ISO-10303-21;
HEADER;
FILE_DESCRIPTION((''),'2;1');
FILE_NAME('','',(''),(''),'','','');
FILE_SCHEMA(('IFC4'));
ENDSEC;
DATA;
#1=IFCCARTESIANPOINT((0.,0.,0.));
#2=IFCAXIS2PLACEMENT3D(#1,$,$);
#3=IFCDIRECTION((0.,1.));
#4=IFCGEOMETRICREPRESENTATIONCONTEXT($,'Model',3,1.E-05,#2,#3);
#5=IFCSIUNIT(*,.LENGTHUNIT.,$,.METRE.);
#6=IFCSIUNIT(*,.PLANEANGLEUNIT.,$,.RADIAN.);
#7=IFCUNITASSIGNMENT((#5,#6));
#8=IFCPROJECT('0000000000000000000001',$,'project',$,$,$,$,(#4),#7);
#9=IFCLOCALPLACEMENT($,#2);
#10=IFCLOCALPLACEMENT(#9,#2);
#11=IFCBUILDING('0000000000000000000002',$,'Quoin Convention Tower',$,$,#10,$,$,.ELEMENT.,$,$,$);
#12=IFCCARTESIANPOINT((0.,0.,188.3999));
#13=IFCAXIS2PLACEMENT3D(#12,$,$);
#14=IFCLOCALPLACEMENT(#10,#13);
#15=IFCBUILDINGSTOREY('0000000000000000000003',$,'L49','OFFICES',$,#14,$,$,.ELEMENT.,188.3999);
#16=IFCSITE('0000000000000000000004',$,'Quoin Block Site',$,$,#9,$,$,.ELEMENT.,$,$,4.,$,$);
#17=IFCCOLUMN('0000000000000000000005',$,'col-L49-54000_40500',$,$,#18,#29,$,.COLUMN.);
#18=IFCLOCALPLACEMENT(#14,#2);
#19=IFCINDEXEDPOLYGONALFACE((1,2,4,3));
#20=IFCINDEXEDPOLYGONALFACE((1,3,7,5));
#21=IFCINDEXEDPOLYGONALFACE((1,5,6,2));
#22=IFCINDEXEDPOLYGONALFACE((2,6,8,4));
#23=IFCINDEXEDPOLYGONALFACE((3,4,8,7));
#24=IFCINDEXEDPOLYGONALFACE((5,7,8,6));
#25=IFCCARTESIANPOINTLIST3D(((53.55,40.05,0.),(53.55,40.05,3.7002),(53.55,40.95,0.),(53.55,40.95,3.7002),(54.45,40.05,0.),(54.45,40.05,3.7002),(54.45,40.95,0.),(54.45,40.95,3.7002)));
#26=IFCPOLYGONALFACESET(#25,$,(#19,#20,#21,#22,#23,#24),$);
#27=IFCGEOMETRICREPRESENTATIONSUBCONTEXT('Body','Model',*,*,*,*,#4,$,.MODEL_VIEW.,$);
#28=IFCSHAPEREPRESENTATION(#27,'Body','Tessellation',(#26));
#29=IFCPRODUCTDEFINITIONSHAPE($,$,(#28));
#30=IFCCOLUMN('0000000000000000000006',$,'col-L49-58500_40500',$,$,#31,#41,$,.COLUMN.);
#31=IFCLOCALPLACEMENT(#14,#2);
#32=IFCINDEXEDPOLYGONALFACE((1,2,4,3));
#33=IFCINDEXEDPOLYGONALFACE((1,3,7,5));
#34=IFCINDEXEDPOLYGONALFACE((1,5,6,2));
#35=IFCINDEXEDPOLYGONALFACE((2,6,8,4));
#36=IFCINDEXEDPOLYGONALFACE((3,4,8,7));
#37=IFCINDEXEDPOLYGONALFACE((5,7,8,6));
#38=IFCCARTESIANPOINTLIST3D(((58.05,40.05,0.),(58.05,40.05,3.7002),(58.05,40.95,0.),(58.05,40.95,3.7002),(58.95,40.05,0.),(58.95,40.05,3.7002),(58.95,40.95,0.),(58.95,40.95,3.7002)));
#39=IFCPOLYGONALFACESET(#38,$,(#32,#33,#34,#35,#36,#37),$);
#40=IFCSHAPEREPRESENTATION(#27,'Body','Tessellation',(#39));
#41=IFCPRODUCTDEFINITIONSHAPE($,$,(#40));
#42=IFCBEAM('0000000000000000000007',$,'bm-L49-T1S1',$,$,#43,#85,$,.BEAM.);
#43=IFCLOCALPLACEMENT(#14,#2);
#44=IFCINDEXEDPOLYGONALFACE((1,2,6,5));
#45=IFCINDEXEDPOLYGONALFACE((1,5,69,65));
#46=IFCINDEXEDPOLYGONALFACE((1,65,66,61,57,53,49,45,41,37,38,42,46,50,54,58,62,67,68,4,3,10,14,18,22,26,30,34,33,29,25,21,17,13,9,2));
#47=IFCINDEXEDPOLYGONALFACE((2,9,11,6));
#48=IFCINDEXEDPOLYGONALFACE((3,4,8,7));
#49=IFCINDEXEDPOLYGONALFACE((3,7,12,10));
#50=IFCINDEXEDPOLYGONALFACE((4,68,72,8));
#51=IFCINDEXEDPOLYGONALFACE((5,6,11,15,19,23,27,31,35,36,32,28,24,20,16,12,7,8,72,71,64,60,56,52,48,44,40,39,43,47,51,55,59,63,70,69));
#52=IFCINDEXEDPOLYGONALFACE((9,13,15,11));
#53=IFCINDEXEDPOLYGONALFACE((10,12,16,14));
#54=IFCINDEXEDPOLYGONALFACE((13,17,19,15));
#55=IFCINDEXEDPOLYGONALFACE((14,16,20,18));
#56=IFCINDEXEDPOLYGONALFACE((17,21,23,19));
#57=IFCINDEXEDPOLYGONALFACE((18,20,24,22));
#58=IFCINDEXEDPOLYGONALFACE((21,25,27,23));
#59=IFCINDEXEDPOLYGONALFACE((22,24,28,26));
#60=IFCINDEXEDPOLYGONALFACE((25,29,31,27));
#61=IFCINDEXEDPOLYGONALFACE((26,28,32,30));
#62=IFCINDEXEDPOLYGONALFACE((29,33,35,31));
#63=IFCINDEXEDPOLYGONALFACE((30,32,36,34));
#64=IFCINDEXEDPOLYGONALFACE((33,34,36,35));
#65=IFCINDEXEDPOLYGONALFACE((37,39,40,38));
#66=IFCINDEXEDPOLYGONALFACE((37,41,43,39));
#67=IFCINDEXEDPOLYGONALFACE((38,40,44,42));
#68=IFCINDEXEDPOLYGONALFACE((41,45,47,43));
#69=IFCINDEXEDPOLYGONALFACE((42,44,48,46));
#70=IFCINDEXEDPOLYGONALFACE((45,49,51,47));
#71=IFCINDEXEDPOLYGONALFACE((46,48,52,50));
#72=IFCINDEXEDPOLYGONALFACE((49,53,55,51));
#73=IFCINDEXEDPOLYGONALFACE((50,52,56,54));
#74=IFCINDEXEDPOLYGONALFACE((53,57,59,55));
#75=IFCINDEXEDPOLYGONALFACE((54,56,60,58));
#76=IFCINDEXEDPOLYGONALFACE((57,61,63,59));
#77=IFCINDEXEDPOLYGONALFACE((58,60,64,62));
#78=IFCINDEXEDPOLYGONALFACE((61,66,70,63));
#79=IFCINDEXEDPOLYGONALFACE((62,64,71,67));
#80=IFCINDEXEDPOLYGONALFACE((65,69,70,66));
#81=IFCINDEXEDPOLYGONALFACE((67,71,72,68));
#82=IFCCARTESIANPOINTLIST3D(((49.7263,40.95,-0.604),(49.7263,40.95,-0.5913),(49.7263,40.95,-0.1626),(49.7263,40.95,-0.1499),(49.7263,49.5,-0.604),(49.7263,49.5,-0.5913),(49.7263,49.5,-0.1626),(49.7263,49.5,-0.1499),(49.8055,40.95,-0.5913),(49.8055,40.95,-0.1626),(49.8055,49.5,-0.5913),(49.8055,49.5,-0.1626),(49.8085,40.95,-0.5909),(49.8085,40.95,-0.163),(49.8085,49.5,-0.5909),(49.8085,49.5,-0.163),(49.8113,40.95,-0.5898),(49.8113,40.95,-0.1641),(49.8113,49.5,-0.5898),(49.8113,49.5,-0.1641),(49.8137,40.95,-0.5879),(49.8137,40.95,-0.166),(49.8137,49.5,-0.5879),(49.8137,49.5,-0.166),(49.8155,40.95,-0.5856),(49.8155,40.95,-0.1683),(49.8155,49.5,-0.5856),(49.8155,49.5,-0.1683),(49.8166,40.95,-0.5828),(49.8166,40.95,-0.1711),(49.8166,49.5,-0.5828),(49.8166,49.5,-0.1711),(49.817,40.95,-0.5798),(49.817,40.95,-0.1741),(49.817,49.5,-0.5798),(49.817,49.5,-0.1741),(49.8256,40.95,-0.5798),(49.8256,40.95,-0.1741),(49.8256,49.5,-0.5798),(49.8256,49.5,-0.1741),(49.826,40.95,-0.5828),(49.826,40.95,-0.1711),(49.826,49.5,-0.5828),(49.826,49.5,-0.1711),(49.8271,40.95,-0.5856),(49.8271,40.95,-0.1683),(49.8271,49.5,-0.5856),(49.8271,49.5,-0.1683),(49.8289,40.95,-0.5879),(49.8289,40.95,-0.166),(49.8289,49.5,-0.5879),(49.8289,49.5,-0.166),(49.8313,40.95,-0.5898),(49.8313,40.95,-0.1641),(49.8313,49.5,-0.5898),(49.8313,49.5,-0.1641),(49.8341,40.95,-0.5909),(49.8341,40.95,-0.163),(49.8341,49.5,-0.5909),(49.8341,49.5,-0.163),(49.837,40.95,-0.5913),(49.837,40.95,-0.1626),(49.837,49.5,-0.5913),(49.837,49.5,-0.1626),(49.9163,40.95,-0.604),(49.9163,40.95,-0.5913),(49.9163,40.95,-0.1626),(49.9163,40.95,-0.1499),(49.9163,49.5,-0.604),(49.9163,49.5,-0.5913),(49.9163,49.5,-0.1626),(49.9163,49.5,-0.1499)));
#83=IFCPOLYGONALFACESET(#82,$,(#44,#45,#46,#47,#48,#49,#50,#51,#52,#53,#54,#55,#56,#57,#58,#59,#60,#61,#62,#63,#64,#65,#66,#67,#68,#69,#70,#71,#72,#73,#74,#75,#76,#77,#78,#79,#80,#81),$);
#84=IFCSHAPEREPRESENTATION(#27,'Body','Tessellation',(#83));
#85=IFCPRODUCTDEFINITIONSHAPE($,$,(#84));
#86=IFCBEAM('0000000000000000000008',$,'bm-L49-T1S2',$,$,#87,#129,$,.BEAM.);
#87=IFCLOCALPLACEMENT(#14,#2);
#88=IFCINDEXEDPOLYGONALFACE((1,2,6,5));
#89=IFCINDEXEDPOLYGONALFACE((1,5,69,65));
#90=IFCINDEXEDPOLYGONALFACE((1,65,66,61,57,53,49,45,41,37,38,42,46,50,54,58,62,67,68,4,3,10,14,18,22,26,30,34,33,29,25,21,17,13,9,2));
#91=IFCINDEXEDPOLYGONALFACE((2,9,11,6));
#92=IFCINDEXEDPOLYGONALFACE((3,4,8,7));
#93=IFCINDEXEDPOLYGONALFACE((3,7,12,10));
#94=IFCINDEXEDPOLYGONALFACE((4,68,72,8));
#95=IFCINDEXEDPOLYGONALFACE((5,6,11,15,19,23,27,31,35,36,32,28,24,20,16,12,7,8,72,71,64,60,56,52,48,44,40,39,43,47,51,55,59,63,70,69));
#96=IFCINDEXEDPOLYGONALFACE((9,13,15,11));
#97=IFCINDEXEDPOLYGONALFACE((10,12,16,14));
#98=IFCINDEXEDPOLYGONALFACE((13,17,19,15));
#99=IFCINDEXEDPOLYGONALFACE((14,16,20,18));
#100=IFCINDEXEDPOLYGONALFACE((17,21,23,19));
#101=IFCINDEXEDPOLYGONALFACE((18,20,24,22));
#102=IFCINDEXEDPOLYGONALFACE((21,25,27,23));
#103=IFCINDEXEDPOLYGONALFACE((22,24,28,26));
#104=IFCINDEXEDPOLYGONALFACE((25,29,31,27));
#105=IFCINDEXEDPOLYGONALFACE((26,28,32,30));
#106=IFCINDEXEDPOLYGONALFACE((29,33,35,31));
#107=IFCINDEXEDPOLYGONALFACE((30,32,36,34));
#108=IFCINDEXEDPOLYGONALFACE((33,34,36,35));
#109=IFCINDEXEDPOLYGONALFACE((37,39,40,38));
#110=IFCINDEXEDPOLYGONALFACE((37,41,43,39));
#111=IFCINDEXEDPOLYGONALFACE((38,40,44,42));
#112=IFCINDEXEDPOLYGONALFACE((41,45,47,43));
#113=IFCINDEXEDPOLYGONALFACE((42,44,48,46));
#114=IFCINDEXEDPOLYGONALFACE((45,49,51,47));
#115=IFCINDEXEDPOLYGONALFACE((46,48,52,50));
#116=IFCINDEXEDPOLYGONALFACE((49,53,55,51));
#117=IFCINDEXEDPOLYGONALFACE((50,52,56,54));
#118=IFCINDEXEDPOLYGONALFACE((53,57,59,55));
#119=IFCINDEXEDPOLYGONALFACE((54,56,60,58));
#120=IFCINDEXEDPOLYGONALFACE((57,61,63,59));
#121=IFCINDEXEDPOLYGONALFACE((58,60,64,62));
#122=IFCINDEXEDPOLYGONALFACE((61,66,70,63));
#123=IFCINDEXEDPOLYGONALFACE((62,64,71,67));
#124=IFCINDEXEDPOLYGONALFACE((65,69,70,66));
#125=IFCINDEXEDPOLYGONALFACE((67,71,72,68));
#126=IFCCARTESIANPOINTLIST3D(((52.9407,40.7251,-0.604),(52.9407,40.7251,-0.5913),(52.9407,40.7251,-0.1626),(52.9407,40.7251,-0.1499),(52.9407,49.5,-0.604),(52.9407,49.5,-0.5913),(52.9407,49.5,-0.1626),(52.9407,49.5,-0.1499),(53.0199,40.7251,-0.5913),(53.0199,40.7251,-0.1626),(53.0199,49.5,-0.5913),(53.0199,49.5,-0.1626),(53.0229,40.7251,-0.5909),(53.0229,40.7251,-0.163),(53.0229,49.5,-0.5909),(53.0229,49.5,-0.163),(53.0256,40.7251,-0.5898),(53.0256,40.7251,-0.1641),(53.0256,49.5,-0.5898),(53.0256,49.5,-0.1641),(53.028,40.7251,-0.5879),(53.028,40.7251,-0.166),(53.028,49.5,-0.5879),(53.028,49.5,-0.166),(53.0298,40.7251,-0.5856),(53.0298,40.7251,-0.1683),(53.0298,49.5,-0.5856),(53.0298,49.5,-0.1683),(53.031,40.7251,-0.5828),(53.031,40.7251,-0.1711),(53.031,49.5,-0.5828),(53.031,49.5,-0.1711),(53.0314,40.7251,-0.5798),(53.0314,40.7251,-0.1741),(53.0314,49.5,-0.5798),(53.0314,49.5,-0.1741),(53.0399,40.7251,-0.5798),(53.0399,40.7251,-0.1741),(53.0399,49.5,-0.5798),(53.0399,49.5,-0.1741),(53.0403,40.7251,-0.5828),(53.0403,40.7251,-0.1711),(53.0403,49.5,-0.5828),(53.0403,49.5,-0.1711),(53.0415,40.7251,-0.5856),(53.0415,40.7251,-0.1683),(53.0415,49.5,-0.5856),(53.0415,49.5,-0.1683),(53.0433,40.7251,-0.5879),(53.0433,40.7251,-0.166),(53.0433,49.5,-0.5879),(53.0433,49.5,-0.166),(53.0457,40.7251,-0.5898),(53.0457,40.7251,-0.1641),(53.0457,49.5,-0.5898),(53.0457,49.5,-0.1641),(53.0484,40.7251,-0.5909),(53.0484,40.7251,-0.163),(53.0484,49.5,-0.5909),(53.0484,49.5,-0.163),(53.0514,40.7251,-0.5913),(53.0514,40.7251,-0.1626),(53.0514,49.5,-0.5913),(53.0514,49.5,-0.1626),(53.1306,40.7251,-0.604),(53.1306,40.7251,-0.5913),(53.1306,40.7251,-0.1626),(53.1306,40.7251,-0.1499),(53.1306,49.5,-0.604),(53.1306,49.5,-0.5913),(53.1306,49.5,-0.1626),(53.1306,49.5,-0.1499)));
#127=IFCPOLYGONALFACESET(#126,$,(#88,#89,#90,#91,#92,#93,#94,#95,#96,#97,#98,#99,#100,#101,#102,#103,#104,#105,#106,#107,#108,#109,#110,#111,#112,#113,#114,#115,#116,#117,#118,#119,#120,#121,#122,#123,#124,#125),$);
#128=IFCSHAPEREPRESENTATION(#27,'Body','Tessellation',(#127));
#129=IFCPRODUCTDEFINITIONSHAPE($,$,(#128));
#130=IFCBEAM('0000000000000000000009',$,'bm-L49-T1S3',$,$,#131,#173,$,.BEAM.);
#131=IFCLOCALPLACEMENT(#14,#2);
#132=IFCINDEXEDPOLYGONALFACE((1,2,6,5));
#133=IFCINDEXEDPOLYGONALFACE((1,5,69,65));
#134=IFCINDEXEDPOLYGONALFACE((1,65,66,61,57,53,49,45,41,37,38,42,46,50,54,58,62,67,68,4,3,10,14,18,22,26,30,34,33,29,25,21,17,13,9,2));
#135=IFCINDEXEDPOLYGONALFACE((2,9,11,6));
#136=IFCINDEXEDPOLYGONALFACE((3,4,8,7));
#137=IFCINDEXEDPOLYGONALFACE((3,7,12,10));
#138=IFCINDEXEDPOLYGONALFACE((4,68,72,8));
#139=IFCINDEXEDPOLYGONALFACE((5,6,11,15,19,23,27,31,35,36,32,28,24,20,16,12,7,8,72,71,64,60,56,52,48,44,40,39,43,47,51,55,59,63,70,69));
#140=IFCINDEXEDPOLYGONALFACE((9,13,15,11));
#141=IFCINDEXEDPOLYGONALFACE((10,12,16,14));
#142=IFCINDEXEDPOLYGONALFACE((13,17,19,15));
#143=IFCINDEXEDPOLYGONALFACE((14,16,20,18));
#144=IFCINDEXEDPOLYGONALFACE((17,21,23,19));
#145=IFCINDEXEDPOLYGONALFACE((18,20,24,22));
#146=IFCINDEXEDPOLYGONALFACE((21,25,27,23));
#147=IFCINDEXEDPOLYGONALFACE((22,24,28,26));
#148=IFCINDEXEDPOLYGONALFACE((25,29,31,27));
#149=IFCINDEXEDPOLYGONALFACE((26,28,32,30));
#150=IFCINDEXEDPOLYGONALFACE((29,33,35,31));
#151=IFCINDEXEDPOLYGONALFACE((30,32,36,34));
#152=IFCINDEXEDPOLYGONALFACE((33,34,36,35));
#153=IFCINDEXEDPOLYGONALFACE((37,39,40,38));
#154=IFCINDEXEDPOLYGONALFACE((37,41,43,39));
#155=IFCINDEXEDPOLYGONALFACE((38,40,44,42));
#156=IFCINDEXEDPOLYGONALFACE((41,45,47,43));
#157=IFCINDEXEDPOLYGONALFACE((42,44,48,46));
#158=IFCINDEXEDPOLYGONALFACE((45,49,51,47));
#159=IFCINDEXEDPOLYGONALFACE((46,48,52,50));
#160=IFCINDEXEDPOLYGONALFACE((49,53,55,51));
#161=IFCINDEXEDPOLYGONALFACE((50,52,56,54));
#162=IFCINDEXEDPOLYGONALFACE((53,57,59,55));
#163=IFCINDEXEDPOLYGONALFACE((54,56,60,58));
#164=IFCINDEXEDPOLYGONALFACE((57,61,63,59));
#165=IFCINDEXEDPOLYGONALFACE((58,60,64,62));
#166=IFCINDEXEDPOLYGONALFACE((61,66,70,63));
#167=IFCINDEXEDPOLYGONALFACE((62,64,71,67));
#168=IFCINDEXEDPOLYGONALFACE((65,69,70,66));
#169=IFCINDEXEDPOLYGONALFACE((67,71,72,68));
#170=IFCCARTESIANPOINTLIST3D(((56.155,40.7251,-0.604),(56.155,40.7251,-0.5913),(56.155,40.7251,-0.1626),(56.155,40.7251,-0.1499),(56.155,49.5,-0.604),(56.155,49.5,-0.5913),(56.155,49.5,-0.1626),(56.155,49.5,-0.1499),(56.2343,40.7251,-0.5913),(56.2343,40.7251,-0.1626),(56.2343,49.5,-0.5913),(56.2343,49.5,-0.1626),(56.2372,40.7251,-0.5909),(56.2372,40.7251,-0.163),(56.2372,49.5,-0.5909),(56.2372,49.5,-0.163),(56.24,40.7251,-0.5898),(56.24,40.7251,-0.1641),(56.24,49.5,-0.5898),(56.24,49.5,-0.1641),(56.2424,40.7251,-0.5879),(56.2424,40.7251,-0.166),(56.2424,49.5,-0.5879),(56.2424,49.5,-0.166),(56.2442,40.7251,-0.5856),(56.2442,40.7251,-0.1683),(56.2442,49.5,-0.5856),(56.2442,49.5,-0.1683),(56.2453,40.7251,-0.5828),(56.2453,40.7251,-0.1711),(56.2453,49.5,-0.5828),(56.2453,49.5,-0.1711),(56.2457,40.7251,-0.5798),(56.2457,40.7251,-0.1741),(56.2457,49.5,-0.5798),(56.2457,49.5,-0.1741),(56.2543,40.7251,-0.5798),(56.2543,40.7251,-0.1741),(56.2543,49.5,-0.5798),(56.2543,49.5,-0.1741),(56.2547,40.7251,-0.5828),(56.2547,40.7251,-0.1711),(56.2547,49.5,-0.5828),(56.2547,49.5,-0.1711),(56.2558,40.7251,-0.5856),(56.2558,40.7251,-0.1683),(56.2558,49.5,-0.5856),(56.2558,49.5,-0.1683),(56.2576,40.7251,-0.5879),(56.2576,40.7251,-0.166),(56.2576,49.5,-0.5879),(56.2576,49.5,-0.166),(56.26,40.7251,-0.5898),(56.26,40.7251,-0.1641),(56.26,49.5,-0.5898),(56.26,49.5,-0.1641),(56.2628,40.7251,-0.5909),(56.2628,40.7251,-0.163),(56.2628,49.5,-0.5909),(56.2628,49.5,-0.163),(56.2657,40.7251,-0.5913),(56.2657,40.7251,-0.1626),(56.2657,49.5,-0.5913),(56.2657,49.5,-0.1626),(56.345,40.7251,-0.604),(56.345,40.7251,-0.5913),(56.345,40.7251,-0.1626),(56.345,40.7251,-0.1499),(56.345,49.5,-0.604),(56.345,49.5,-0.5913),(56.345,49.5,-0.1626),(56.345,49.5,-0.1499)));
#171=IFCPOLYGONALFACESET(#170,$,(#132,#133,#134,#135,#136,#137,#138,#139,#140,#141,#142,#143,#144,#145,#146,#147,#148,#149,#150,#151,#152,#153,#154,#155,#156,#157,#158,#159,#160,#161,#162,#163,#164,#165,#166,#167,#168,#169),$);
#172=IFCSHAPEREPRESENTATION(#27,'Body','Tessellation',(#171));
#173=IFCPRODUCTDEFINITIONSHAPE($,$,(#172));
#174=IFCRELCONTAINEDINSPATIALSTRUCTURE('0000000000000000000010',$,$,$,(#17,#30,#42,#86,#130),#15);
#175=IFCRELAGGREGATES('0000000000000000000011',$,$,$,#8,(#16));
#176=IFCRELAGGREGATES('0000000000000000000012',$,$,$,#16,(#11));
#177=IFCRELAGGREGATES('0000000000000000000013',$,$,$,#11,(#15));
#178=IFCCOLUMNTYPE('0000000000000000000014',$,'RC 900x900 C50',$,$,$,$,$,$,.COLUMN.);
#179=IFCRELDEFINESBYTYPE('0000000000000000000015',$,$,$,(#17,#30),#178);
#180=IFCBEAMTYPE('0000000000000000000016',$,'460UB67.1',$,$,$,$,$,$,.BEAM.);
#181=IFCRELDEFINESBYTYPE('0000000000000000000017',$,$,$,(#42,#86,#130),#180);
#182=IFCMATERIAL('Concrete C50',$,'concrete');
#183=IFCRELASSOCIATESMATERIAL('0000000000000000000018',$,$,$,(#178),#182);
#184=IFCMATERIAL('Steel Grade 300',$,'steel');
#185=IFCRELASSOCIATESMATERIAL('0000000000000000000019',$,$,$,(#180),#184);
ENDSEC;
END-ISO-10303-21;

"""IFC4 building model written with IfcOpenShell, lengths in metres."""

from ifc_helpers import new_model, si_unit, direction, frame, origin, origin_2d, place, context, subcontext, project, spatial, rectangle, i_section, extrude, material, material_profile, profile_set, type_object, element, save


model = new_model("IFC4")

# Units and contexts
model_context = context("Model", 3, precision=1e-05, world=origin(), true_north=direction((0.0, 1.0)))
body_context = subcontext(model_context, "Body", "Model", "MODEL_VIEW")
ifc_project = project(units=[si_unit("LENGTHUNIT", "METRE"), si_unit("PLANEANGLEUNIT", "RADIAN")], contexts=[model_context])

# Site, building, storey
site_placement = place(None, origin())
site = spatial("IfcSite", under=ifc_project, at=site_placement, Name="Quoin Block Site", CompositionType="ELEMENT", RefElevation=4.0)
building_placement = place(site_placement, origin())
building = spatial("IfcBuilding", under=site, at=building_placement, Name="Quoin Convention Tower", CompositionType="ELEMENT")
storey_placement = place(building_placement, frame((0.0, 0.0, 188.3999)))
storey = spatial("IfcBuildingStorey", under=building, at=storey_placement, Name="L49", Description="OFFICES", CompositionType="ELEMENT", Elevation=188.3999)

# Columns
ifc_material_1 = material(Name="Concrete C50", Category="concrete")
ifc_material_profile_1 = material_profile(ifc_material_1, rectangle(XDim=0.8999, YDim=0.8999, at=origin_2d()), Name="RC 900x900")
ifc_profile_set_1 = profile_set([ifc_material_profile_1], Name="Concrete C50")
column_type = type_object("IfcColumnType", Name="RC 900x900 C50", PredefinedType="COLUMN", material=ifc_profile_set_1)
for number, where, z_axis, x_axis, name in (
    (1, (54.0, 40.5, 0.0), (0.0, 0.0, 1.0), (1.0, 0.0, 0.0), "col-L49-54000_40500"),
    (2, (58.5, 40.5, 0.0), (0.0, 0.0, 1.0), (1.0, 0.0, 0.0), "col-L49-58500_40500"),
):
    element("IfcColumn", number, at=place(storey_placement, frame(where, z_axis=z_axis, x_axis=x_axis)), inside=storey, type_object=column_type, Name=name, PredefinedType="COLUMN", context=body_context, shape_type="SweptSolid", body=[
        extrude(rectangle(XDim=0.8999, YDim=0.8999, at=origin_2d()), origin(), (0.0, 0.0, 1.0), 3.7002),
    ])

# Beams
ifc_material_2 = material(Name="Steel Grade 300", Category="steel")
ifc_material_profile_2 = material_profile(ifc_material_2, i_section(OverallWidth=0.1899, OverallDepth=0.4541, WebThickness=0.0085, FlangeThickness=0.0127, FilletRadius=0.0115, at=origin_2d()), Name="460UB67.1")
ifc_profile_set_2 = profile_set([ifc_material_profile_2], Name="Steel Grade 300")
beam_type_1 = type_object("IfcBeamType", Name="460UB67.1", PredefinedType="BEAM", material=ifc_profile_set_2)
beam_placement = place(storey_placement, frame((49.8213, 40.95, -0.377), z_axis=(0.0, 1.0, 0.0), x_axis=(-1.0, 0.0, 0.0)))
element("IfcBeam", 3, at=beam_placement, inside=storey, type_object=beam_type_1, Name="bm-L49-T1S1", PredefinedType="BEAM", context=body_context, shape_type="SweptSolid", body=[
    extrude(i_section(OverallWidth=0.1899, OverallDepth=0.4541, WebThickness=0.0085, FlangeThickness=0.0127, FilletRadius=0.0115, at=origin_2d()), origin(), (0.0, 0.0, 1.0), 8.55),
])
for number, where, z_axis, x_axis, name in (
    (4, (53.0356, 40.7251, -0.377), (0.0, 1.0, 0.0), (-1.0, 0.0, 0.0), "bm-L49-T1S2"),
    (5, (56.25, 40.7251, -0.377), (0.0, 1.0, 0.0), (-1.0, 0.0, 0.0), "bm-L49-T1S3"),
):
    element("IfcBeam", number, at=place(storey_placement, frame(where, z_axis=z_axis, x_axis=x_axis)), inside=storey, type_object=beam_type_1, Name=name, PredefinedType="BEAM", context=body_context, shape_type="SweptSolid", body=[
        extrude(i_section(OverallWidth=0.1899, OverallDepth=0.4541, WebThickness=0.0085, FlangeThickness=0.0127, FilletRadius=0.0115, at=origin_2d()), origin(), (0.0, 0.0, 1.0), 8.7749),
    ])

save(model, "model.ifc")
